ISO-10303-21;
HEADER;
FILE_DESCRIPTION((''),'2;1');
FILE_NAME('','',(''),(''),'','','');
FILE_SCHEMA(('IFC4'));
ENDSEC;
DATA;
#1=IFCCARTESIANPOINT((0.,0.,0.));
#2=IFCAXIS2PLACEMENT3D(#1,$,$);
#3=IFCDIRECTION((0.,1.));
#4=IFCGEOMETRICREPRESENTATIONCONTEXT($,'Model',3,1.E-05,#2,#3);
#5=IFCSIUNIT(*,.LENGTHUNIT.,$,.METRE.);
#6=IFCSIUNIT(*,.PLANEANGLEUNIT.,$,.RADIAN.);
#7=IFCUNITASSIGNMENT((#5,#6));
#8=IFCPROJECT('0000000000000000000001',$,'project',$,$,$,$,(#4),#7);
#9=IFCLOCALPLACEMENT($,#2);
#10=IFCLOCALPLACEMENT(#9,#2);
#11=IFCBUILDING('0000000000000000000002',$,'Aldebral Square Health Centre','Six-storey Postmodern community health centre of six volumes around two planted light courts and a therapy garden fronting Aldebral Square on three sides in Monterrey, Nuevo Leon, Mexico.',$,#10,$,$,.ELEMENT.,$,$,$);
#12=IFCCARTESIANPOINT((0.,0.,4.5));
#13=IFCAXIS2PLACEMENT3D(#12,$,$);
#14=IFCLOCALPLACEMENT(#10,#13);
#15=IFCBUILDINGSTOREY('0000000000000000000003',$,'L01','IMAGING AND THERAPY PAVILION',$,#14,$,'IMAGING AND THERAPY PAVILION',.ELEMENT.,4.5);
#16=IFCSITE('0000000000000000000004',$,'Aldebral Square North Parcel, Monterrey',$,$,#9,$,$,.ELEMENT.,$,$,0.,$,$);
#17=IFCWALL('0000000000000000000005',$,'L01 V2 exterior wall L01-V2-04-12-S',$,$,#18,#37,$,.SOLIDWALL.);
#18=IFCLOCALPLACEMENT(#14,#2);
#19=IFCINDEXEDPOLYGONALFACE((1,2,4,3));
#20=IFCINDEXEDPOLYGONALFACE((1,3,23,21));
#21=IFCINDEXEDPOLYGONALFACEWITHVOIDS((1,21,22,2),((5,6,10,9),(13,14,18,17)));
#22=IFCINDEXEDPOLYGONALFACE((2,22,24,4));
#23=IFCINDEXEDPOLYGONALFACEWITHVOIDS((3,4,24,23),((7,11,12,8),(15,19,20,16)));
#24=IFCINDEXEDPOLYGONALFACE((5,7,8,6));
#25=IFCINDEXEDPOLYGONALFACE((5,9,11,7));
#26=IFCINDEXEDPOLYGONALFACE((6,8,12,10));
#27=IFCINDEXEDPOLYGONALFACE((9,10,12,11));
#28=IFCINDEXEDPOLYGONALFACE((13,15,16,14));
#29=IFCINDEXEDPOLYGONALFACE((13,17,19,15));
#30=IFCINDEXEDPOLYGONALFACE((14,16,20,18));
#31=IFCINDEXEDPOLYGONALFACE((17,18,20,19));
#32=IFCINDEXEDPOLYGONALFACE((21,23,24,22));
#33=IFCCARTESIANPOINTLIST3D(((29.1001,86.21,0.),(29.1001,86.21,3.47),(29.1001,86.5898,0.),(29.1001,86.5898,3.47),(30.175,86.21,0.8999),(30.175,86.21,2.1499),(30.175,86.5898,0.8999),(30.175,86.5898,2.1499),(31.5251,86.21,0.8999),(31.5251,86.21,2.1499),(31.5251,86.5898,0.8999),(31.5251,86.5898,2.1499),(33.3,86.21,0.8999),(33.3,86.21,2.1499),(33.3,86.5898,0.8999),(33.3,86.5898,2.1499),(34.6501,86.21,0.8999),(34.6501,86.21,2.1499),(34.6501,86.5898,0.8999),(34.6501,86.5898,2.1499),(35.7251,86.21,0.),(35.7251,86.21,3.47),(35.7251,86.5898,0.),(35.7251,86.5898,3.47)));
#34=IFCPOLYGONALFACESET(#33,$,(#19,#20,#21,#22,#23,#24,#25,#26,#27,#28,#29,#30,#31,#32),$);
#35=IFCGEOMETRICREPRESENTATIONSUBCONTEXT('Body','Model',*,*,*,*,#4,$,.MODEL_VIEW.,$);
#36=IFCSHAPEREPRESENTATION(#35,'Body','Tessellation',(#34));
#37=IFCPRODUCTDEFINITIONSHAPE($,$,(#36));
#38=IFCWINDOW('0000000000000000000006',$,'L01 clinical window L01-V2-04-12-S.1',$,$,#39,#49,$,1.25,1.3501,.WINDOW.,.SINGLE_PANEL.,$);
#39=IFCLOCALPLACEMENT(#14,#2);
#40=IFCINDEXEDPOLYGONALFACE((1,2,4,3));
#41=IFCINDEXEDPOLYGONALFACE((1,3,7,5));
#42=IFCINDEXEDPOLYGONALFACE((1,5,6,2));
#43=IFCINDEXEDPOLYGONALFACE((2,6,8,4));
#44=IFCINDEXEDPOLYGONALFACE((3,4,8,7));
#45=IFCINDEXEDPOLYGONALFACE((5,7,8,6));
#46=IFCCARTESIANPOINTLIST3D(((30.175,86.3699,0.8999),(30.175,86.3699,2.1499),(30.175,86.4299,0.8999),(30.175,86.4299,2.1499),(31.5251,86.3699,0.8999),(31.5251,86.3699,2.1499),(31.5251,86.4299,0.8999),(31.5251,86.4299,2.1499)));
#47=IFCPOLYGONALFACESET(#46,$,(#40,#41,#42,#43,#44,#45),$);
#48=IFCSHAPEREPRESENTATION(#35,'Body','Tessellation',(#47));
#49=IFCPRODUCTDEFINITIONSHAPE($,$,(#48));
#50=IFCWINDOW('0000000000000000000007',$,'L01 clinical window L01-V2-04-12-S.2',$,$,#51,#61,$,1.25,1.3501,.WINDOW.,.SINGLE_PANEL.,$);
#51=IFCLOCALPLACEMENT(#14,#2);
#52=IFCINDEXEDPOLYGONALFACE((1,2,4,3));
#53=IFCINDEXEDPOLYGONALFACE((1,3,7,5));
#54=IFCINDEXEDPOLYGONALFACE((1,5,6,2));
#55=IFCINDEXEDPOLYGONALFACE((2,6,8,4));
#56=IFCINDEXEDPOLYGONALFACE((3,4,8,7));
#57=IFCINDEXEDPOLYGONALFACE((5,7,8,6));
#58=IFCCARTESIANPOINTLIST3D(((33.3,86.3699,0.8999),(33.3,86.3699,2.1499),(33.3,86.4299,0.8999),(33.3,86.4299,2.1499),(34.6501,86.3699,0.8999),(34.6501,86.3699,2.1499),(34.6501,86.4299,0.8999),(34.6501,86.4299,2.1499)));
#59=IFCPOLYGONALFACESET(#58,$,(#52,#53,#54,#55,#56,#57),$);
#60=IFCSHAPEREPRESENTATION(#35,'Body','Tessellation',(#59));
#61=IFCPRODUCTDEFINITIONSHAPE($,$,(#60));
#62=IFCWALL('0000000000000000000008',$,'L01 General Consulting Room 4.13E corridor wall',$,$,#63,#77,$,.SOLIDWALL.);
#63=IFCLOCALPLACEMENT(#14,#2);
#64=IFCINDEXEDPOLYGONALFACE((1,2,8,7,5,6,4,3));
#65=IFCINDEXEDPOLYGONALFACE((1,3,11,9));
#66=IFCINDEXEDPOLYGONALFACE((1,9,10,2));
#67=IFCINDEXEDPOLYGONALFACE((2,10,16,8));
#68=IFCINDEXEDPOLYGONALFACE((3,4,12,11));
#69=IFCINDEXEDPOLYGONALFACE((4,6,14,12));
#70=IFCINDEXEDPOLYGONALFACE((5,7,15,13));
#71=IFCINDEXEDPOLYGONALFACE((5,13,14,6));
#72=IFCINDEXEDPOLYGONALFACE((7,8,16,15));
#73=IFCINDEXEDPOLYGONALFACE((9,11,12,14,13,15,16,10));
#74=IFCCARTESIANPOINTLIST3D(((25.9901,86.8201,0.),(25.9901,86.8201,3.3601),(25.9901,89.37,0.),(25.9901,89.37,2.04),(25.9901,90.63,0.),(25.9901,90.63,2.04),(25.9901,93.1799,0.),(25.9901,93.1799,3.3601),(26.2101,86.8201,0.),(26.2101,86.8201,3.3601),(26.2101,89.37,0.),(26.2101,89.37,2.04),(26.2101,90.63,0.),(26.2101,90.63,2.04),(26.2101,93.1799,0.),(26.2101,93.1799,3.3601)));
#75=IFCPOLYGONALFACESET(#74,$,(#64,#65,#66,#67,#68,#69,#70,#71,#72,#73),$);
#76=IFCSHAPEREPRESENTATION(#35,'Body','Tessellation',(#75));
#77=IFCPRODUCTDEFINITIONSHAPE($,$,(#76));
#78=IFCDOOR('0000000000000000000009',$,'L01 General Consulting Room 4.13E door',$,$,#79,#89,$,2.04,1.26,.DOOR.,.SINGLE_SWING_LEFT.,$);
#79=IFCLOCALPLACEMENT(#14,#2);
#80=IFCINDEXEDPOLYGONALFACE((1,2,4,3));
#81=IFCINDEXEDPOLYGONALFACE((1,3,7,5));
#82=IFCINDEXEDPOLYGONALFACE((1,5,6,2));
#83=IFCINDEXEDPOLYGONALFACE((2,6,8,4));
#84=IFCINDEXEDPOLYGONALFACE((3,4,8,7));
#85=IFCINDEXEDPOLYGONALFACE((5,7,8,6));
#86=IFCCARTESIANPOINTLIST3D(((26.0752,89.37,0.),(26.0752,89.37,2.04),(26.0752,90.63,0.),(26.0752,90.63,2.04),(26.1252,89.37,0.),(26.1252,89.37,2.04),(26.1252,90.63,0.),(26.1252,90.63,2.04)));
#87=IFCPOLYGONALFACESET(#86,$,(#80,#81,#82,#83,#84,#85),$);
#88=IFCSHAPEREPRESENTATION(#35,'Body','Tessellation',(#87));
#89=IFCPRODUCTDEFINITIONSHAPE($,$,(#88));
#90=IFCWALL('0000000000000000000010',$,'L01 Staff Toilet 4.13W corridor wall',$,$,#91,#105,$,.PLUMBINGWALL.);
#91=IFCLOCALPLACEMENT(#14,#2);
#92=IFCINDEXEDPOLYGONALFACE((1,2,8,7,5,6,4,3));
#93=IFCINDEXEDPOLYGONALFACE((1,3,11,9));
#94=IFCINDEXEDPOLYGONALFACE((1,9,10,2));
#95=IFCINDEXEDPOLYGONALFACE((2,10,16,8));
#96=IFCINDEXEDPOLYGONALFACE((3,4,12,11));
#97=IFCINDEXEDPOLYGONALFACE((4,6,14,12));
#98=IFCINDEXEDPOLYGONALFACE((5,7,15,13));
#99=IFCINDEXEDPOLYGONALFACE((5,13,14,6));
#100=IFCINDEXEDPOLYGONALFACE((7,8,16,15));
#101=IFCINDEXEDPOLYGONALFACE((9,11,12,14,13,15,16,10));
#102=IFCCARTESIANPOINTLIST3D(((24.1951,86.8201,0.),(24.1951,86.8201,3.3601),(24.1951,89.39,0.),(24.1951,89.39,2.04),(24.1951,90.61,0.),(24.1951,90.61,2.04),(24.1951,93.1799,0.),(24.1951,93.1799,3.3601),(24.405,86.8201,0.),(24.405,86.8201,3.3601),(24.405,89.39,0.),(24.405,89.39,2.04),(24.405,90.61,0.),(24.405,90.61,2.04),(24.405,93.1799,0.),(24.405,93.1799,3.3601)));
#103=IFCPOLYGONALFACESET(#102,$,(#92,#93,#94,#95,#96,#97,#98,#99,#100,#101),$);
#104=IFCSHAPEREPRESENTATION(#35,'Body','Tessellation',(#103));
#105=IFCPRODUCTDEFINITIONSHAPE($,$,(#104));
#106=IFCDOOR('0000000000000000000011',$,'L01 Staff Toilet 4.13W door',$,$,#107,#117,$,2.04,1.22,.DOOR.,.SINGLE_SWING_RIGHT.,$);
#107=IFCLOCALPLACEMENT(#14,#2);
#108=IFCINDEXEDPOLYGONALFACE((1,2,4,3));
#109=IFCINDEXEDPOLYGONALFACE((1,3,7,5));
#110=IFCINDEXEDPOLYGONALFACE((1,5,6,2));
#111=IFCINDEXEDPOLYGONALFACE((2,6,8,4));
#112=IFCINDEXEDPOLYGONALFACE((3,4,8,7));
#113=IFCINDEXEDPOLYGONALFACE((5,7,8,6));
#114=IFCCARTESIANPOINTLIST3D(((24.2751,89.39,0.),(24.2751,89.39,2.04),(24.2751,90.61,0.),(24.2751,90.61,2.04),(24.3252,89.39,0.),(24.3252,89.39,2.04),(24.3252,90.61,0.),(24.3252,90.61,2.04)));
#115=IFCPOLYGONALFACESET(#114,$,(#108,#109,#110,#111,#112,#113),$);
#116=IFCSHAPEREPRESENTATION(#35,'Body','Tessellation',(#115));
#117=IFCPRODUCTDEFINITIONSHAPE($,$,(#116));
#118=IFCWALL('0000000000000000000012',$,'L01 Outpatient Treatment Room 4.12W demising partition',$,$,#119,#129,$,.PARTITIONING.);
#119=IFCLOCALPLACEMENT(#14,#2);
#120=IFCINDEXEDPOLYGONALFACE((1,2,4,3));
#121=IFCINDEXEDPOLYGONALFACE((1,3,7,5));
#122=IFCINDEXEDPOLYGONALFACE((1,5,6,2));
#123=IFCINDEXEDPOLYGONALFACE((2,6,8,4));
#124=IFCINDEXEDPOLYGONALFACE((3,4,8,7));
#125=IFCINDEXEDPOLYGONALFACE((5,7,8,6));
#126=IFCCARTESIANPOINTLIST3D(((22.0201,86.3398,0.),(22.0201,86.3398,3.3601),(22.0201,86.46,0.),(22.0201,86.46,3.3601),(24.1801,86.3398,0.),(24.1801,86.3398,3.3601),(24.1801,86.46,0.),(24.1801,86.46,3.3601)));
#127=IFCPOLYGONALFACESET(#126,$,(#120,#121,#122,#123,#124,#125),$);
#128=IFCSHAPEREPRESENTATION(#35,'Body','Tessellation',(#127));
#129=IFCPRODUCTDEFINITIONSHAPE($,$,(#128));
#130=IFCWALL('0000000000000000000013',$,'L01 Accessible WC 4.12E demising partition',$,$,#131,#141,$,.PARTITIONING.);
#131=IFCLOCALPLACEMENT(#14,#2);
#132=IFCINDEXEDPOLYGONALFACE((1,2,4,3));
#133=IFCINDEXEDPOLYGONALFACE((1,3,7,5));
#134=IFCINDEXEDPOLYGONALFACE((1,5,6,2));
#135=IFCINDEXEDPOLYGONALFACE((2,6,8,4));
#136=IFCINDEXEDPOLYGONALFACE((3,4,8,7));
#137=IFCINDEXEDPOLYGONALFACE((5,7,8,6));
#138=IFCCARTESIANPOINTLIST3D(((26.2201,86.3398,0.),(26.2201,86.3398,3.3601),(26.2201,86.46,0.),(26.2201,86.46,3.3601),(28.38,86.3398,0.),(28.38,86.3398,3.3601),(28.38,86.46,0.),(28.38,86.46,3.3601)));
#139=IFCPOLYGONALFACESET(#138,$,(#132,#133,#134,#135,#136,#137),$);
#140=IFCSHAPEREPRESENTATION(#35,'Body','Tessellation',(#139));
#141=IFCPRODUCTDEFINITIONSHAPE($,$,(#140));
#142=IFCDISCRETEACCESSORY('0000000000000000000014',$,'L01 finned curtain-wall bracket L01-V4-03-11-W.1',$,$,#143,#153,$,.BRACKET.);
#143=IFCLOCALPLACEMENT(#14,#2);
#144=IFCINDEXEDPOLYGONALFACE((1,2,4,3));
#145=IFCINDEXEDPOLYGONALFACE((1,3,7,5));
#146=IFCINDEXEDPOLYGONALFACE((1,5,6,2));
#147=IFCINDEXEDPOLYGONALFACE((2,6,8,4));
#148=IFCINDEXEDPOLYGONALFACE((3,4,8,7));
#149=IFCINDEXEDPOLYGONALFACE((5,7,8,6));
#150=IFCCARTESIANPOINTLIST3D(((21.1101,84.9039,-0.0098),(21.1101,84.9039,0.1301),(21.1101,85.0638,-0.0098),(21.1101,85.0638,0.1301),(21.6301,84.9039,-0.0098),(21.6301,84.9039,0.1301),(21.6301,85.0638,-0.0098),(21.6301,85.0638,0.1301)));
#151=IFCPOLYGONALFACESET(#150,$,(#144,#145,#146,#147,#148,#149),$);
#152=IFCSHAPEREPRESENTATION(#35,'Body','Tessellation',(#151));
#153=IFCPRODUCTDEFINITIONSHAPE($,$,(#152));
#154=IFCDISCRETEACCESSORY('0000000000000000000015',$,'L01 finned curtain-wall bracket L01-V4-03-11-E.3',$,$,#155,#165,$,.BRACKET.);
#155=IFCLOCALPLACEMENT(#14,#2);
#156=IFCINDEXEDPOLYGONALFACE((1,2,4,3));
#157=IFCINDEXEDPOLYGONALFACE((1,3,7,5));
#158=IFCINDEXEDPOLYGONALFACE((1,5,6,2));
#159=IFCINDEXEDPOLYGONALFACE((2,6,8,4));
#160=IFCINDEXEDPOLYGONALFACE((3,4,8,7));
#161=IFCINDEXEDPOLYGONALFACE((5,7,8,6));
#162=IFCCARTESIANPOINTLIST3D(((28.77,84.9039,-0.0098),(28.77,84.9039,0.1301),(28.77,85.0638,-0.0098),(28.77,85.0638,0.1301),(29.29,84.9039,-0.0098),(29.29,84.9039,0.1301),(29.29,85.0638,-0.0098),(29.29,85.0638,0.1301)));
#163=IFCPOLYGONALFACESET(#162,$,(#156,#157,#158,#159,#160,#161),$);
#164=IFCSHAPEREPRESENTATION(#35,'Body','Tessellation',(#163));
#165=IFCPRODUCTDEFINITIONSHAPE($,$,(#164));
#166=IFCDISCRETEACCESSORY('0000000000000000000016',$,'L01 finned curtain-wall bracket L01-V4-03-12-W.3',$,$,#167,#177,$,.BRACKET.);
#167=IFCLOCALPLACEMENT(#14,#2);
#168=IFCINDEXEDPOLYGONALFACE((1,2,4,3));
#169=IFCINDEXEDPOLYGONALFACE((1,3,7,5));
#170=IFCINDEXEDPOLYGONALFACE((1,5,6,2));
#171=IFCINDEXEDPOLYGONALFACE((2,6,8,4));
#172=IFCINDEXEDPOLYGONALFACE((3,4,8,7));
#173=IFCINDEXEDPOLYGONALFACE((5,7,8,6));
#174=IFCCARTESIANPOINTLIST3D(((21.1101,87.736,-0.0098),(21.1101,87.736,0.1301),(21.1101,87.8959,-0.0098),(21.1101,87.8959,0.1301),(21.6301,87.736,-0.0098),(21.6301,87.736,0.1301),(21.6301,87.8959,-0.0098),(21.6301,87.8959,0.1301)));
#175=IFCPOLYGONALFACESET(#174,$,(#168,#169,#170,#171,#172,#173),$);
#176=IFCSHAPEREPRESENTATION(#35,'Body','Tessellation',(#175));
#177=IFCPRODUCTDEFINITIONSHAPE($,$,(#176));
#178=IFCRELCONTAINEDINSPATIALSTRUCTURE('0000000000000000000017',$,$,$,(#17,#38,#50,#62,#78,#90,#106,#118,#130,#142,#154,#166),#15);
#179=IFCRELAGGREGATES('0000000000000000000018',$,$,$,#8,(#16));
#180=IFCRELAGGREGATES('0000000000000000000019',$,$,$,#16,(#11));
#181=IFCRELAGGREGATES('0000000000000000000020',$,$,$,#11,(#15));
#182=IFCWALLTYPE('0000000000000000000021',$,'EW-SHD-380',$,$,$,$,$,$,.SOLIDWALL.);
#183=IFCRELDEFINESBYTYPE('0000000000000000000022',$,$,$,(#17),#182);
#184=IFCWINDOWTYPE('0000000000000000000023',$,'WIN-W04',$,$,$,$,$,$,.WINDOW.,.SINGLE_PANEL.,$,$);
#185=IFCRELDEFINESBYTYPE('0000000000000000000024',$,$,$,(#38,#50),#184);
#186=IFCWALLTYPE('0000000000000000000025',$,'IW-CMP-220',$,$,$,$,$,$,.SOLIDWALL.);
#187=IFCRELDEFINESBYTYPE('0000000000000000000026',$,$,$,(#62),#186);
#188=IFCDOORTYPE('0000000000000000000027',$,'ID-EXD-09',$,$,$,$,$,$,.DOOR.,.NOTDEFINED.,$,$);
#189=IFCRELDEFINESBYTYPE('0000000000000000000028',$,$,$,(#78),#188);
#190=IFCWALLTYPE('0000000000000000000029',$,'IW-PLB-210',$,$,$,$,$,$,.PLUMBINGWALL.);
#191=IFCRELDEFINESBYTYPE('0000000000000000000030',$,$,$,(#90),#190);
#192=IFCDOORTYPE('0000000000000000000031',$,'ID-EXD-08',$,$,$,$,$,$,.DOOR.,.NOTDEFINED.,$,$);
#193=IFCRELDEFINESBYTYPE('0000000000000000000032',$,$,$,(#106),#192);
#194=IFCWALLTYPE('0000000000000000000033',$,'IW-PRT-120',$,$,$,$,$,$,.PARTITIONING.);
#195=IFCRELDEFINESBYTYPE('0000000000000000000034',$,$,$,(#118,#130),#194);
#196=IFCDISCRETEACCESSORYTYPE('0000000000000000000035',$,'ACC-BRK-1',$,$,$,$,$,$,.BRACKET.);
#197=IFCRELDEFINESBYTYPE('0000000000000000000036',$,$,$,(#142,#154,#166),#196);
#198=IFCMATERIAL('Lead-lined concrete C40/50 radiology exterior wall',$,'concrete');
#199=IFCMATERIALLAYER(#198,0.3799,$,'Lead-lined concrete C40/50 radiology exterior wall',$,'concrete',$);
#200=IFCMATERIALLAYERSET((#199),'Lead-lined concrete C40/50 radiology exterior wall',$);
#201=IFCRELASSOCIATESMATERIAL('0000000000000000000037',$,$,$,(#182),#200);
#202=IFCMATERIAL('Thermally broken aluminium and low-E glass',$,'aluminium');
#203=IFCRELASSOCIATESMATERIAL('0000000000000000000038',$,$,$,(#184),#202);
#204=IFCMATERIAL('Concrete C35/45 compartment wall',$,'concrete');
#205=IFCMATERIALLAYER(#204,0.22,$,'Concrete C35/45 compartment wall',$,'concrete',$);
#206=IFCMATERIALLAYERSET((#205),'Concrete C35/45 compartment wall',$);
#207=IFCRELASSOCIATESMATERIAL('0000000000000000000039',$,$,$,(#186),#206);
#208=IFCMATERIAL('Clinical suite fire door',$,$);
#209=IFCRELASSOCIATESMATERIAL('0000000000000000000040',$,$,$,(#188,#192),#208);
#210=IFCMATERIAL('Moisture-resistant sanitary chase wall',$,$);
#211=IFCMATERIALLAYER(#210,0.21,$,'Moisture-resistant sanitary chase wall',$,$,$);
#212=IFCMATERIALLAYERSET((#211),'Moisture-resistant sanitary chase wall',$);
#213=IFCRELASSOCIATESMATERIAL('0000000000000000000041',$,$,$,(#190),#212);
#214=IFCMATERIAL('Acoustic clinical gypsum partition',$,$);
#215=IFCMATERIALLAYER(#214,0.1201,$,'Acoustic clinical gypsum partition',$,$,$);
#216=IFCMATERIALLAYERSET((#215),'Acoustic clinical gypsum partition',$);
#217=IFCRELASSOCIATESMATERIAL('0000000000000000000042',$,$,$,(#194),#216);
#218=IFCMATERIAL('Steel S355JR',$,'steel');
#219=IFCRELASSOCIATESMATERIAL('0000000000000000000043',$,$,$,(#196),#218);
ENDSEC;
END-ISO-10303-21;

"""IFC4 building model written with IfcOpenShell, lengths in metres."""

from ifc_helpers import new_model, si_unit, direction, frame, frame_2d, origin, origin_2d, place, context, subcontext, project, spatial, rectangle, extrude, material, layer, layer_set, type_object, element, fill, save


model = new_model("IFC4")

# Units and contexts
model_context = context("Model", 3, precision=1e-05, world=origin(), true_north=direction((0.0, 1.0)))
body_context = subcontext(model_context, "Body", "Model", "MODEL_VIEW")
ifc_project = project(units=[si_unit("LENGTHUNIT", "METRE"), si_unit("PLANEANGLEUNIT", "RADIAN")], contexts=[model_context])

# Site, building, storey
site_placement = place(None, origin())
site = spatial("IfcSite", under=ifc_project, at=site_placement, Name="Aldebral Square North Parcel, Monterrey", CompositionType="ELEMENT", RefElevation=0.0)
building_placement = place(site_placement, origin())
building = spatial("IfcBuilding", under=site, at=building_placement, Name="Aldebral Square Health Centre", Description="Six-storey Postmodern community health centre of six volumes around two planted light courts and a therapy garden fronting Aldebral Square on three sides in Monterrey, Nuevo Leon, Mexico.", CompositionType="ELEMENT")
storey_placement = place(building_placement, frame((0.0, 0.0, 4.5)))
storey = spatial("IfcBuildingStorey", under=building, at=storey_placement, Name="L01", Description="IMAGING AND THERAPY PAVILION", LongName="IMAGING AND THERAPY PAVILION", CompositionType="ELEMENT", Elevation=4.5)

# Wall, openings, windows
ifc_material_1 = material(Name="Lead-lined concrete C40/50 radiology exterior wall", Category="concrete")
ifc_layer_1 = layer(ifc_material_1, 0.3799, Name="Lead-lined concrete C40/50 radiology exterior wall", Category="concrete")
ifc_layer_set_1 = layer_set([ifc_layer_1], Name="Lead-lined concrete C40/50 radiology exterior wall")
wall_type_1 = type_object("IfcWallType", Name="EW-SHD-380", PredefinedType="SOLIDWALL", material=ifc_layer_set_1)
wall_1_placement = place(storey_placement, frame((29.1001, 86.3999, 0.0), z_axis=(0.0, 0.0, 1.0), x_axis=(1.0, 0.0, 0.0)))
wall_1 = element("IfcWall", 1, at=wall_1_placement, inside=storey, type_object=wall_type_1, Name="L01 V2 exterior wall L01-V2-04-12-S", PredefinedType="SOLIDWALL", context=body_context, shape_type="SweptSolid", body=[
    extrude(rectangle(XDim=6.625, YDim=0.3799, at=frame_2d((3.3125, 0.0))), origin(), (0.0, 0.0, 1.0), 3.47),
])
opening_1_placement = place(wall_1_placement, frame((1.075, 0.0, 0.8999)))
opening_1 = element("IfcOpeningElement", 2, at=opening_1_placement, cuts=wall_1, PredefinedType="OPENING", context=body_context, shape_type="SweptSolid", body=[
    extrude(rectangle(XDim=1.3501, YDim=1.25, at=frame_2d((0.675, 0.625))), frame((0.0, 0.2, 0.0), z_axis=(0.0, -1.0, 0.0), x_axis=(1.0, 0.0, 0.0)), (0.0, 0.0, 1.0), 0.3999),
])
opening_2_placement = place(wall_1_placement, frame((4.2, 0.0, 0.8999)))
opening_2 = element("IfcOpeningElement", 3, at=opening_2_placement, cuts=wall_1, PredefinedType="OPENING", context=body_context, shape_type="SweptSolid", body=[
    extrude(rectangle(XDim=1.3501, YDim=1.25, at=frame_2d((0.675, 0.625))), frame((0.0, 0.2, 0.0), z_axis=(0.0, -1.0, 0.0), x_axis=(1.0, 0.0, 0.0)), (0.0, 0.0, 1.0), 0.3999),
])
ifc_material_2 = material(Name="Thermally broken aluminium and low-E glass", Category="aluminium")
window_type = type_object("IfcWindowType", Name="WIN-W04", PartitioningType="SINGLE_PANEL", PredefinedType="WINDOW", material=ifc_material_2)
window_1_placement = place(opening_1_placement, origin())
window_1 = element("IfcWindow", 4, at=window_1_placement, inside=storey, type_object=window_type, Name="L01 clinical window L01-V2-04-12-S.1", OverallHeight=1.25, OverallWidth=1.3501, PartitioningType="SINGLE_PANEL", PredefinedType="WINDOW", context=body_context, shape_type="SweptSolid", body=[
    extrude(rectangle(XDim=1.3501, YDim=1.25, at=frame_2d((0.675, 0.625))), frame((0.0, 0.03, 0.0), z_axis=(0.0, -1.0, 0.0), x_axis=(1.0, 0.0, 0.0)), (0.0, 0.0, 1.0), 0.0601),
])
fill(opening_1, window_1)
window_2_placement = place(opening_2_placement, origin())
window_2 = element("IfcWindow", 5, at=window_2_placement, inside=storey, type_object=window_type, Name="L01 clinical window L01-V2-04-12-S.2", OverallHeight=1.25, OverallWidth=1.3501, PartitioningType="SINGLE_PANEL", PredefinedType="WINDOW", context=body_context, shape_type="SweptSolid", body=[
    extrude(rectangle(XDim=1.3501, YDim=1.25, at=frame_2d((0.675, 0.625))), frame((0.0, 0.03, 0.0), z_axis=(0.0, -1.0, 0.0), x_axis=(1.0, 0.0, 0.0)), (0.0, 0.0, 1.0), 0.0601),
])
fill(opening_2, window_2)

# Walls, openings, doors
ifc_material_3 = material(Name="Concrete C35/45 compartment wall", Category="concrete")
ifc_layer_2 = layer(ifc_material_3, 0.22, Name="Concrete C35/45 compartment wall", Category="concrete")
ifc_layer_set_2 = layer_set([ifc_layer_2], Name="Concrete C35/45 compartment wall")
wall_type_2 = type_object("IfcWallType", Name="IW-CMP-220", PredefinedType="SOLIDWALL", material=ifc_layer_set_2)
wall_2_placement = place(storey_placement, frame((26.1001, 86.8201, 0.0), z_axis=(0.0, 0.0, 1.0), x_axis=(0.0, 1.0, 0.0)))
wall_2 = element("IfcWall", 6, at=wall_2_placement, inside=storey, type_object=wall_type_2, Name="L01 General Consulting Room 4.13E corridor wall", PredefinedType="SOLIDWALL", context=body_context, shape_type="SweptSolid", body=[
    extrude(rectangle(XDim=6.3599, YDim=0.22, at=frame_2d((3.1799, 0.0))), origin(), (0.0, 0.0, 1.0), 3.3601),
])
opening_3_placement = place(wall_2_placement, frame((2.55, 0.0, 0.0)))
opening_3 = element("IfcOpeningElement", 7, at=opening_3_placement, cuts=wall_2, PredefinedType="OPENING", context=body_context, shape_type="SweptSolid", body=[
    extrude(rectangle(XDim=1.26, YDim=2.04, at=frame_2d((0.6299, 1.02))), frame((0.0, 0.1201, 0.0), z_axis=(0.0, -1.0, 0.0), x_axis=(1.0, 0.0, 0.0)), (0.0, 0.0, 1.0), 0.24),
])
ifc_material_4 = material(Name="Clinical suite fire door")
door_type_1 = type_object("IfcDoorType", Name="ID-EXD-09", OperationType="NOTDEFINED", PredefinedType="DOOR", material=ifc_material_4)
door_1_placement = place(opening_3_placement, origin())
door_1 = element("IfcDoor", 8, at=door_1_placement, inside=storey, type_object=door_type_1, Name="L01 General Consulting Room 4.13E door", OperationType="SINGLE_SWING_LEFT", OverallHeight=2.04, OverallWidth=1.26, PredefinedType="DOOR", context=body_context, shape_type="SweptSolid", body=[
    extrude(rectangle(XDim=1.26, YDim=2.04, at=frame_2d((0.6299, 1.02))), frame((0.0, 0.0249, 0.0), z_axis=(0.0, -1.0, 0.0), x_axis=(1.0, 0.0, 0.0)), (0.0, 0.0, 1.0), 0.05),
])
fill(opening_3, door_1)
ifc_material_5 = material(Name="Moisture-resistant sanitary chase wall")
ifc_layer_3 = layer(ifc_material_5, 0.21, Name="Moisture-resistant sanitary chase wall")
ifc_layer_set_3 = layer_set([ifc_layer_3], Name="Moisture-resistant sanitary chase wall")
wall_type_3 = type_object("IfcWallType", Name="IW-PLB-210", PredefinedType="PLUMBINGWALL", material=ifc_layer_set_3)
wall_3_placement = place(storey_placement, frame((24.3, 86.8201, 0.0), z_axis=(0.0, 0.0, 1.0), x_axis=(0.0, 1.0, 0.0)))
wall_3 = element("IfcWall", 9, at=wall_3_placement, inside=storey, type_object=wall_type_3, Name="L01 Staff Toilet 4.13W corridor wall", PredefinedType="PLUMBINGWALL", context=body_context, shape_type="SweptSolid", body=[
    extrude(rectangle(XDim=6.3599, YDim=0.21, at=frame_2d((3.1799, 0.0))), origin(), (0.0, 0.0, 1.0), 3.3601),
])
opening_4_placement = place(wall_3_placement, frame((2.5701, 0.0, 0.0)))
opening_4 = element("IfcOpeningElement", 10, at=opening_4_placement, cuts=wall_3, PredefinedType="OPENING", context=body_context, shape_type="SweptSolid", body=[
    extrude(rectangle(XDim=1.22, YDim=2.04, at=frame_2d((0.6099, 1.02))), frame((0.0, 0.115, 0.0), z_axis=(0.0, -1.0, 0.0), x_axis=(1.0, 0.0, 0.0)), (0.0, 0.0, 1.0), 0.23),
])
door_type_2 = type_object("IfcDoorType", Name="ID-EXD-08", OperationType="NOTDEFINED", PredefinedType="DOOR", material=ifc_material_4)
door_2_placement = place(opening_4_placement, origin())
door_2 = element("IfcDoor", 11, at=door_2_placement, inside=storey, type_object=door_type_2, Name="L01 Staff Toilet 4.13W door", OperationType="SINGLE_SWING_RIGHT", OverallHeight=2.04, OverallWidth=1.22, PredefinedType="DOOR", context=body_context, shape_type="SweptSolid", body=[
    extrude(rectangle(XDim=1.22, YDim=2.04, at=frame_2d((0.6099, 1.02))), frame((0.0, 0.0249, 0.0), z_axis=(0.0, -1.0, 0.0), x_axis=(1.0, 0.0, 0.0)), (0.0, 0.0, 1.0), 0.05),
])
fill(opening_4, door_2)

# Walls
ifc_material_6 = material(Name="Acoustic clinical gypsum partition")
ifc_layer_4 = layer(ifc_material_6, 0.1201, Name="Acoustic clinical gypsum partition")
ifc_layer_set_4 = layer_set([ifc_layer_4], Name="Acoustic clinical gypsum partition")
wall_type_4 = type_object("IfcWallType", Name="IW-PRT-120", PredefinedType="PARTITIONING", material=ifc_layer_set_4)
for number, where, z_axis, x_axis, name in (
    (12, (22.02, 86.3999, 0.0), (0.0, 0.0, 1.0), (1.0, 0.0, 0.0), "L01 Outpatient Treatment Room 4.12W demising partition"),
    (13, (26.22, 86.3999, 0.0), (0.0, 0.0, 1.0), (1.0, 0.0, 0.0), "L01 Accessible WC 4.12E demising partition"),
):
    element("IfcWall", number, at=place(storey_placement, frame(where, z_axis=z_axis, x_axis=x_axis)), inside=storey, type_object=wall_type_4, Name=name, PredefinedType="PARTITIONING", context=body_context, shape_type="SweptSolid", body=[
        extrude(rectangle(XDim=2.1599, YDim=0.1201, at=frame_2d((1.0801, 0.0))), origin(), (0.0, 0.0, 1.0), 3.3601),
    ])

# Discrete accessories
ifc_material_7 = material(Name="Steel S355JR", Category="steel")
discrete_accessory_type = type_object("IfcDiscreteAccessoryType", Name="ACC-BRK-1", PredefinedType="BRACKET", material=ifc_material_7)
for number, where, z_axis, x_axis, name in (
    (14, (21.3701, 84.9839, -0.0098), (0.0, 0.0, 1.0), (0.0, 1.0, 0.0), "L01 finned curtain-wall bracket L01-V4-03-11-W.1"),
    (15, (29.03, 84.9839, -0.0098), (0.0, 0.0, 1.0), (0.0, 1.0, 0.0), "L01 finned curtain-wall bracket L01-V4-03-11-E.3"),
    (16, (21.3701, 87.8159, -0.0098), (0.0, 0.0, 1.0), (0.0, 1.0, 0.0), "L01 finned curtain-wall bracket L01-V4-03-12-W.3"),
):
    element("IfcDiscreteAccessory", number, at=place(storey_placement, frame(where, z_axis=z_axis, x_axis=x_axis)), inside=storey, type_object=discrete_accessory_type, Name=name, PredefinedType="BRACKET", context=body_context, shape_type="SweptSolid", body=[
        extrude(rectangle(XDim=0.1599, YDim=0.52, at=origin_2d()), origin(), (0.0, 0.0, 1.0), 0.1399),
    ])

save(model, "model.ifc")
